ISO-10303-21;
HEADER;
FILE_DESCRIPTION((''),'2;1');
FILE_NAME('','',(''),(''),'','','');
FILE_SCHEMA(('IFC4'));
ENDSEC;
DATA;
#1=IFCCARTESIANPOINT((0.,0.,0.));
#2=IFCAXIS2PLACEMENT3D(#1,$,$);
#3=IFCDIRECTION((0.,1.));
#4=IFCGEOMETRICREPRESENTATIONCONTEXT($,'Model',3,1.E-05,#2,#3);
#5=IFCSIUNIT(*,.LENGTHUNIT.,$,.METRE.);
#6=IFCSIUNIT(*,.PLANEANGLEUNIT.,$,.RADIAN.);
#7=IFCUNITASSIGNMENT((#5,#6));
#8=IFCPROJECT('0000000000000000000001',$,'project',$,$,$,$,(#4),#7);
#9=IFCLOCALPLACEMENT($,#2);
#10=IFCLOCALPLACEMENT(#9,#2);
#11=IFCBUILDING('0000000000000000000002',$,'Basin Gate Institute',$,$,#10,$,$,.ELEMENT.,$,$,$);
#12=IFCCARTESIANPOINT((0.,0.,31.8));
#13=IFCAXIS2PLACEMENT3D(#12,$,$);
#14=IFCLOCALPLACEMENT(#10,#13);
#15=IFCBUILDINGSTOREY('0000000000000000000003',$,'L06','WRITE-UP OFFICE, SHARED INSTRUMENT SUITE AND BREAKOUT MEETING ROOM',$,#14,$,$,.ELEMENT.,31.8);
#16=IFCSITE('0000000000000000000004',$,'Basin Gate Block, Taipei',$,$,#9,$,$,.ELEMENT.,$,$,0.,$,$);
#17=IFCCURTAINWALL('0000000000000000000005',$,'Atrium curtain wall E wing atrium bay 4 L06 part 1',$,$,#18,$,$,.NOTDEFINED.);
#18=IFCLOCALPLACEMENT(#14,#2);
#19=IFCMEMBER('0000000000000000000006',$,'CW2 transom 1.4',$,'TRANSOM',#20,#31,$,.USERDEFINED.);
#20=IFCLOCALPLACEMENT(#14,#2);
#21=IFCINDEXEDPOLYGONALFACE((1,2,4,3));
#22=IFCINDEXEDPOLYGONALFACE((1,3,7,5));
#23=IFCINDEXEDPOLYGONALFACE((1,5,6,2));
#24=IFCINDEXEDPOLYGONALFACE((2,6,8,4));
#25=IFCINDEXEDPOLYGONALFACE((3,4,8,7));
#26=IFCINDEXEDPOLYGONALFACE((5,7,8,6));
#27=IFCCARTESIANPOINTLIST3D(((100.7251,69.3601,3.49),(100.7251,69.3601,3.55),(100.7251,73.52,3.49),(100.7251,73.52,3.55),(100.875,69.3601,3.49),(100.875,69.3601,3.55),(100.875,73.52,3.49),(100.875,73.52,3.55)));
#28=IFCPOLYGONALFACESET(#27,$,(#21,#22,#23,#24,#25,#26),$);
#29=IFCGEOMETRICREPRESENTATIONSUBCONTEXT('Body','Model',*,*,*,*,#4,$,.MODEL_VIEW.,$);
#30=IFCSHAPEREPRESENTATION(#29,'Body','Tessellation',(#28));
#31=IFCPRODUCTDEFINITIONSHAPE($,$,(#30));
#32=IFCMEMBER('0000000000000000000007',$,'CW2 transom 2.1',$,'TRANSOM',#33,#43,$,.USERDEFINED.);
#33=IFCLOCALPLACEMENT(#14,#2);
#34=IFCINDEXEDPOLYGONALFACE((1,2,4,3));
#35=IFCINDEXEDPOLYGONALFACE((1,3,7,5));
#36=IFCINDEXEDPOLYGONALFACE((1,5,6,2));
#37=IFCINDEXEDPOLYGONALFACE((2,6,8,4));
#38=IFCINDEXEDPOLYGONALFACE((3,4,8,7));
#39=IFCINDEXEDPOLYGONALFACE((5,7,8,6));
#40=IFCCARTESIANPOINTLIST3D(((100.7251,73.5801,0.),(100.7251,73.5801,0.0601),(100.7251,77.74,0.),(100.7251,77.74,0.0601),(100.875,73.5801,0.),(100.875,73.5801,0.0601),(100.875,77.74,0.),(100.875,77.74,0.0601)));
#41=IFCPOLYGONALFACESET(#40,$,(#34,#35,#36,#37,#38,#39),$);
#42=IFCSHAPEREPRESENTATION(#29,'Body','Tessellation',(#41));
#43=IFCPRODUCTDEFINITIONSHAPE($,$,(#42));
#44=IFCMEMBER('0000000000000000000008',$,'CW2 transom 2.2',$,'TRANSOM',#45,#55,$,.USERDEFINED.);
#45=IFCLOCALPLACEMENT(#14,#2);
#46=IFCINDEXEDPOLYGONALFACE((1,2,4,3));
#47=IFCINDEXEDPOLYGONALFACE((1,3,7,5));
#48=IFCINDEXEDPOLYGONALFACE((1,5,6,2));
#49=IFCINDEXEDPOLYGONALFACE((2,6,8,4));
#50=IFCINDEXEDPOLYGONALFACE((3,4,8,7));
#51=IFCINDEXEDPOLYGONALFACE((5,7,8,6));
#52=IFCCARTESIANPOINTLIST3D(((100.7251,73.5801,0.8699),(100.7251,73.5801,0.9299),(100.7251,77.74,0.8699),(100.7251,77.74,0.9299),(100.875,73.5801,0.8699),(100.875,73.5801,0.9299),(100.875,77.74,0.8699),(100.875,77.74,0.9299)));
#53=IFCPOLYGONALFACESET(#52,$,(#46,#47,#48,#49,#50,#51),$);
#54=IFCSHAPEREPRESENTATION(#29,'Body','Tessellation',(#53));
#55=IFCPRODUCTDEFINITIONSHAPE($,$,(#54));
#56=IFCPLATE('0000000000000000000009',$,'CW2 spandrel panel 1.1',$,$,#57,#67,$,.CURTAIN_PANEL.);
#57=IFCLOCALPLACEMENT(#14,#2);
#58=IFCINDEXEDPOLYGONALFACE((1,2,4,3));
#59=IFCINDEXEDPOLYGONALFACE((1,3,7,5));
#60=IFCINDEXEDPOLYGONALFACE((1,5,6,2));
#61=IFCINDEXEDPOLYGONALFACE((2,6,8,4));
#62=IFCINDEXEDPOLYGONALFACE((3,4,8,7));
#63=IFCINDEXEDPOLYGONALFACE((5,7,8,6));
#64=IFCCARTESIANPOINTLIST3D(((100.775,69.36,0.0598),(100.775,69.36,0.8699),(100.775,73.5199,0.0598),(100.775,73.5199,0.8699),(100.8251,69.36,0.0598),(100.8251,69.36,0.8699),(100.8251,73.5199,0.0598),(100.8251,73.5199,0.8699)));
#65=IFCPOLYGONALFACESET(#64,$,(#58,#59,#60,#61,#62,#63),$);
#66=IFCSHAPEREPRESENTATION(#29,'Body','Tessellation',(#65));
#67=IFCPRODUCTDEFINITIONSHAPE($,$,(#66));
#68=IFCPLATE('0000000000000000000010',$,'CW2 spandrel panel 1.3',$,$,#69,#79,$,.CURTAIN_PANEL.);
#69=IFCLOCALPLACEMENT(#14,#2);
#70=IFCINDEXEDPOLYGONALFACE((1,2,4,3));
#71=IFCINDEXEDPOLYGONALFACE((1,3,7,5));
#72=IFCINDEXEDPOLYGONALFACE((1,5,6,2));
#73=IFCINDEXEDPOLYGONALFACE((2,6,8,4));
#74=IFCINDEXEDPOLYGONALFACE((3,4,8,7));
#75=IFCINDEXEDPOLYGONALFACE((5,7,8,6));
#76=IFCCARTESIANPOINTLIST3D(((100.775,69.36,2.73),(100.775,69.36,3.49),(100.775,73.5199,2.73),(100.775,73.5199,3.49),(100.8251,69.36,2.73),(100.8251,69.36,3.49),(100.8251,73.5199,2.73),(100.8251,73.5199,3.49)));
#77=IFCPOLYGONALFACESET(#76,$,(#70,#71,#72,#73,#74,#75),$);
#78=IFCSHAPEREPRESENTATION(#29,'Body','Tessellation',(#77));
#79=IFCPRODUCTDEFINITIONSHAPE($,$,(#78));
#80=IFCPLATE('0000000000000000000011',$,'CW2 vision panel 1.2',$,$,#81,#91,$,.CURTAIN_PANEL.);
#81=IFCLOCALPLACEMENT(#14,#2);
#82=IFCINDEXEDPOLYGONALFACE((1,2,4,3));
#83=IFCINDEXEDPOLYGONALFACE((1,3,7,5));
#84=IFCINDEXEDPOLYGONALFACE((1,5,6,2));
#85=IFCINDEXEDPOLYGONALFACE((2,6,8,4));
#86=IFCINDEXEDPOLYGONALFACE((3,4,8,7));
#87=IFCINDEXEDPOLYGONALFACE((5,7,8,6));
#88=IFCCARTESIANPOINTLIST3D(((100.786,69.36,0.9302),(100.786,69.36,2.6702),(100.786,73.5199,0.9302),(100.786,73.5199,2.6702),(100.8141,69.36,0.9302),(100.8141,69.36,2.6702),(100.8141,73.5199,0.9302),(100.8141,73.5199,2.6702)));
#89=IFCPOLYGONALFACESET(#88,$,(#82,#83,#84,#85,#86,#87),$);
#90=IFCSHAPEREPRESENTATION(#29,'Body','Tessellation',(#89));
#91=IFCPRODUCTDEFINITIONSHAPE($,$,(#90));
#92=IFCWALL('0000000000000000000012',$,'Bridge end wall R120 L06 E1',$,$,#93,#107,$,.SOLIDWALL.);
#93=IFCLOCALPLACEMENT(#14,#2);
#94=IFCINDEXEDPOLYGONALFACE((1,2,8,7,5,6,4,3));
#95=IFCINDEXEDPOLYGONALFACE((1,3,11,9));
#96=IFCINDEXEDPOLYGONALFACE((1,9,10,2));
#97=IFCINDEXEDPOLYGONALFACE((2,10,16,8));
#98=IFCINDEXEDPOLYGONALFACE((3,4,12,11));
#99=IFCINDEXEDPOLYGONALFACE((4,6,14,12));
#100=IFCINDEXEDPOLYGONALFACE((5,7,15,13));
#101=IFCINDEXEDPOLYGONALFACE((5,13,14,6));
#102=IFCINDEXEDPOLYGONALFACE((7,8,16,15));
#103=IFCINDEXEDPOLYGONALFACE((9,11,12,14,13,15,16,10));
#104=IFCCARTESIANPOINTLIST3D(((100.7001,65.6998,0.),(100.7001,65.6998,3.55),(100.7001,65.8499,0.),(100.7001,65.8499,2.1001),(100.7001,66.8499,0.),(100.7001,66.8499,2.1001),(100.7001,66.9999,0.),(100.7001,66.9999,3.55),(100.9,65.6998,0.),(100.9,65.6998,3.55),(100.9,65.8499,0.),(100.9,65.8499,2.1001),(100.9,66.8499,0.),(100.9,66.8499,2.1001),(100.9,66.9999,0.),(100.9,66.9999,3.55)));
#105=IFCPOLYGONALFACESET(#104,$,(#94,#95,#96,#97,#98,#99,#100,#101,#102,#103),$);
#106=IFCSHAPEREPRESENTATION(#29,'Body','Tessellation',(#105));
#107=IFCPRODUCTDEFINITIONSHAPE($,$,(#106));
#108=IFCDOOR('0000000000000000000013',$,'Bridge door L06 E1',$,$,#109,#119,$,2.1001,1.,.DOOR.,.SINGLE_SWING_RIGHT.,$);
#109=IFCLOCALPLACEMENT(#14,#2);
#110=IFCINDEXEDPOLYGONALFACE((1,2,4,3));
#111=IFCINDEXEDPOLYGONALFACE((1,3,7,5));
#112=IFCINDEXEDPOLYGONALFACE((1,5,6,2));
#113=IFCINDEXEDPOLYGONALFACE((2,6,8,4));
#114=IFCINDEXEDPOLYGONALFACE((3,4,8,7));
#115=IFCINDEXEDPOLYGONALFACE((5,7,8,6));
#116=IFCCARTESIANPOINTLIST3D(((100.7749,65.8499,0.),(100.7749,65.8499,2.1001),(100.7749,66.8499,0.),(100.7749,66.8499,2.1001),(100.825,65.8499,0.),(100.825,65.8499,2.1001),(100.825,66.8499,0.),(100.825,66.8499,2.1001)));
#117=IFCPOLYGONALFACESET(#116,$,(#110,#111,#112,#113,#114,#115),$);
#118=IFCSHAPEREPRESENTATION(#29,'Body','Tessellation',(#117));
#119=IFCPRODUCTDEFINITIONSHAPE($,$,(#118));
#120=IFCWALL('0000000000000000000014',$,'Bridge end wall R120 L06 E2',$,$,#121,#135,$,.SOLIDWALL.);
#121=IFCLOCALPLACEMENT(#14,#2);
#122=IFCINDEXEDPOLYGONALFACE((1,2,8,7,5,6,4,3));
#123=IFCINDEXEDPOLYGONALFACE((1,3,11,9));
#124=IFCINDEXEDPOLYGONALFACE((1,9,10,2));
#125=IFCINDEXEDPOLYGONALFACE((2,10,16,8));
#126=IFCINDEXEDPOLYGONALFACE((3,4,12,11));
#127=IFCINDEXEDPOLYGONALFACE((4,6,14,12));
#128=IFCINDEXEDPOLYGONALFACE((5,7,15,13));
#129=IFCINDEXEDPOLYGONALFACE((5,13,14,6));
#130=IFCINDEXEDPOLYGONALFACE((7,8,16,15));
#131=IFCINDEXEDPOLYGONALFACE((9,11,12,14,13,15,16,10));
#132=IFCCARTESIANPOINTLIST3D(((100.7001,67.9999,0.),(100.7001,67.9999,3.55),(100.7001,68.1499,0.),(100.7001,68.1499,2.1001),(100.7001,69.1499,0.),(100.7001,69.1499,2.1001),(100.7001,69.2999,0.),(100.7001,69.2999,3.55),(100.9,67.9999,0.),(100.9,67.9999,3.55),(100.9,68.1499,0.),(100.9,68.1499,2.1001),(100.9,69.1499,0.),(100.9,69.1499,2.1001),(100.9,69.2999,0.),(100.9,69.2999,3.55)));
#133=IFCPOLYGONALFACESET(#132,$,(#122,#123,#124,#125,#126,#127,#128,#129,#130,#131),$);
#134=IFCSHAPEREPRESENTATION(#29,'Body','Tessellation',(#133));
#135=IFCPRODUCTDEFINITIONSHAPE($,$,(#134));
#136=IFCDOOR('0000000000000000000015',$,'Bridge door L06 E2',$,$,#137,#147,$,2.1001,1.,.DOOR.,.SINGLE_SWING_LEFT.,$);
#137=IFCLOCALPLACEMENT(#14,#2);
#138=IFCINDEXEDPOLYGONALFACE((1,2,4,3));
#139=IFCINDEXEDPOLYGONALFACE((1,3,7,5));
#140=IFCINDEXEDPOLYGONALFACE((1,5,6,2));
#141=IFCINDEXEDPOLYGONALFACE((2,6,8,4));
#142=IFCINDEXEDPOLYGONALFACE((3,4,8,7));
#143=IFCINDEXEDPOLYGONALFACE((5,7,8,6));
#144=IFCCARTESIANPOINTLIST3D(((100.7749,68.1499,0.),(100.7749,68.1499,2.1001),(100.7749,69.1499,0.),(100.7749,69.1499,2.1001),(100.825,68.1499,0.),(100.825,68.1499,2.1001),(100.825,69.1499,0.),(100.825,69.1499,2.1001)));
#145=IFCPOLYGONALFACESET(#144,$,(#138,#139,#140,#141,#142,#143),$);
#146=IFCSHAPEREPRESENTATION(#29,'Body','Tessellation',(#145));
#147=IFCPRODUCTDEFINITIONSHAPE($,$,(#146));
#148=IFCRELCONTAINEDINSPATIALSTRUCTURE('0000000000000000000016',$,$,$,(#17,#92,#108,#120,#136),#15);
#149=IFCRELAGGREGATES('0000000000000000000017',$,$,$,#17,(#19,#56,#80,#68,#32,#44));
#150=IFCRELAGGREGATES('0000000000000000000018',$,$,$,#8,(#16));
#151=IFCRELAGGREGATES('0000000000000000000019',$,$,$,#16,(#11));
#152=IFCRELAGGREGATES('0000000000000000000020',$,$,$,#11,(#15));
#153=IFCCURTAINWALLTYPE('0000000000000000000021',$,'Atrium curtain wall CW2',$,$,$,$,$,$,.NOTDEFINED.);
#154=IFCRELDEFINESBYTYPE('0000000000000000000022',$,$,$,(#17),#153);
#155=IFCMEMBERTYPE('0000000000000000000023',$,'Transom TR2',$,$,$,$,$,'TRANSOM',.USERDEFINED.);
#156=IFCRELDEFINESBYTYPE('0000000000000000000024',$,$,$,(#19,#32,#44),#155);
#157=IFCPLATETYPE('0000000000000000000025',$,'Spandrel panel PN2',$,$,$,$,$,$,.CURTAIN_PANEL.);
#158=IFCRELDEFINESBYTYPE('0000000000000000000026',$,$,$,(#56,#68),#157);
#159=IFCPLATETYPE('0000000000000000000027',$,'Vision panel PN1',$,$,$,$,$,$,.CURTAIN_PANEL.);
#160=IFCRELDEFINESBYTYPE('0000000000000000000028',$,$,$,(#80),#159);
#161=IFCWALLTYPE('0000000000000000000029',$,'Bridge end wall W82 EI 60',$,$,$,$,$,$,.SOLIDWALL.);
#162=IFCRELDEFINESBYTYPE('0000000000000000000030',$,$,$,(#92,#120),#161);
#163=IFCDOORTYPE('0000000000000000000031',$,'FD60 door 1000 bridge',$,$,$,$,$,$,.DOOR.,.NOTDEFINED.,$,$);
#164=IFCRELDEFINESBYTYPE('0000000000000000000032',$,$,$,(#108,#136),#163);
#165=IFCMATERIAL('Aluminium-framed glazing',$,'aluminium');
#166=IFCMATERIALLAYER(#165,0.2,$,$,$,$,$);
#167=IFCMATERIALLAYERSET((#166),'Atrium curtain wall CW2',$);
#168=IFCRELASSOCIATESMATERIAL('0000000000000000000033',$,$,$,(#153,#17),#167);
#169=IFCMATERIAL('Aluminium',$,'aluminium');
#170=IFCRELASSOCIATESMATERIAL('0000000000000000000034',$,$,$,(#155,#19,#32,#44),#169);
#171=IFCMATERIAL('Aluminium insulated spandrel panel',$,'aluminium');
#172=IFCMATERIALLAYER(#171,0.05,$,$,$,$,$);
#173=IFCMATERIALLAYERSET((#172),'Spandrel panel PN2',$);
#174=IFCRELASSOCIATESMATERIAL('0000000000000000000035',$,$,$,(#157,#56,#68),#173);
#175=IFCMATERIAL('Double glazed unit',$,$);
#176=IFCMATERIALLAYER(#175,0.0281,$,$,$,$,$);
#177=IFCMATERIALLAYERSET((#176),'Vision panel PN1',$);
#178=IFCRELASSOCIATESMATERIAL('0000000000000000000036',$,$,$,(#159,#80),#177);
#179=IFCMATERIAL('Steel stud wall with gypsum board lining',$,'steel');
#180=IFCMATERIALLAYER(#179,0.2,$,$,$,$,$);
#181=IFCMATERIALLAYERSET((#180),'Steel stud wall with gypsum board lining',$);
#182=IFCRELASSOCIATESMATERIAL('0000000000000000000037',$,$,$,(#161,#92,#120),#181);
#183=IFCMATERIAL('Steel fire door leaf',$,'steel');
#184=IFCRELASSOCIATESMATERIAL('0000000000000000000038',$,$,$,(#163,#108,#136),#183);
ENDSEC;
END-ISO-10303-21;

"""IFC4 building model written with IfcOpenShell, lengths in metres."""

from ifc_helpers import new_model, si_unit, direction, frame, frame_2d, origin, origin_2d, place, context, subcontext, project, spatial, rectangle, extrude, material, layer, layer_set, material_profile, profile_set, type_object, element, fill, aggregate, save


model = new_model("IFC4")

# Units and contexts
model_context = context("Model", 3, precision=1e-05, world=origin(), true_north=direction((0.0, 1.0)))
body_context = subcontext(model_context, "Body", "Model", "MODEL_VIEW")
ifc_project = project(units=[si_unit("LENGTHUNIT", "METRE"), si_unit("PLANEANGLEUNIT", "RADIAN")], contexts=[model_context])

# Site, building, storey
site_placement = place(None, origin())
site = spatial("IfcSite", under=ifc_project, at=site_placement, Name="Basin Gate Block, Taipei", CompositionType="ELEMENT", RefElevation=0.0)
building_placement = place(site_placement, origin())
building = spatial("IfcBuilding", under=site, at=building_placement, Name="Basin Gate Institute", CompositionType="ELEMENT")
storey_placement = place(building_placement, frame((0.0, 0.0, 31.8)))
storey = spatial("IfcBuildingStorey", under=building, at=storey_placement, Name="L06", Description="WRITE-UP OFFICE, SHARED INSTRUMENT SUITE AND BREAKOUT MEETING ROOM", CompositionType="ELEMENT", Elevation=31.8)

# Shared definitions
ifc_material_1 = material(Name="Aluminium-framed glazing", Category="aluminium")
ifc_layer_1 = layer(ifc_material_1, 0.2)
ifc_layer_set_1 = layer_set([ifc_layer_1], Name="Atrium curtain wall CW2")
curtain_wall_type_1 = type_object("IfcCurtainWallType", Name="Atrium curtain wall CW2", PredefinedType="NOTDEFINED", material=ifc_layer_set_1)

# Curtain wall, members, plates
curtain_wall_1_placement = place(storey_placement, origin())
curtain_wall_1 = element("IfcCurtainWall", 1, at=curtain_wall_1_placement, inside=storey, type_object=curtain_wall_type_1, material=ifc_layer_set_1, Name="Atrium curtain wall E wing atrium bay 4 L06 part 1", PredefinedType="NOTDEFINED")
ifc_material_2 = material(Name="Aluminium", Category="aluminium")
ifc_material_profile_1 = material_profile(ifc_material_2, rectangle(XDim=0.1499, YDim=0.0601, at=origin_2d()), Name="Transom TR2 150 x 60")
ifc_profile_set_1 = profile_set([ifc_material_profile_1], Name="Aluminium")
member_type_1 = type_object("IfcMemberType", Name="Transom TR2", ElementType="TRANSOM", PredefinedType="USERDEFINED", material=ifc_profile_set_1)
member_1_placement = place(storey_placement, frame((100.8, 69.3601, 3.52), z_axis=(0.0, 1.0, 0.0), x_axis=(-1.0, 0.0, 0.0)))
member_1 = element("IfcMember", 2, at=member_1_placement, type_object=member_type_1, material=ifc_profile_set_1, Name="CW2 transom 1.4", ObjectType="TRANSOM", PredefinedType="USERDEFINED", context=body_context, shape_type="SweptSolid", body=[
    extrude(rectangle(XDim=0.1499, YDim=0.0601, at=origin_2d()), origin(), (0.0, 0.0, 1.0), 4.1599),
])
member_2_placement = place(storey_placement, frame((100.8, 73.5801, 0.03), z_axis=(0.0, 1.0, 0.0), x_axis=(-1.0, 0.0, 0.0)))
member_2 = element("IfcMember", 3, at=member_2_placement, type_object=member_type_1, material=ifc_profile_set_1, Name="CW2 transom 2.1", ObjectType="TRANSOM", PredefinedType="USERDEFINED", context=body_context, shape_type="SweptSolid", body=[
    extrude(rectangle(XDim=0.1499, YDim=0.0601, at=origin_2d()), origin(), (0.0, 0.0, 1.0), 4.1599),
])
member_3_placement = place(storey_placement, frame((100.8, 73.5801, 0.8999), z_axis=(0.0, 1.0, 0.0), x_axis=(-1.0, 0.0, 0.0)))
member_3 = element("IfcMember", 4, at=member_3_placement, type_object=member_type_1, material=ifc_profile_set_1, Name="CW2 transom 2.2", ObjectType="TRANSOM", PredefinedType="USERDEFINED", context=body_context, shape_type="SweptSolid", body=[
    extrude(rectangle(XDim=0.1499, YDim=0.0601, at=origin_2d()), origin(), (0.0, 0.0, 1.0), 4.1599),
])
ifc_material_3 = material(Name="Aluminium insulated spandrel panel", Category="aluminium")
ifc_layer_2 = layer(ifc_material_3, 0.05)
ifc_layer_set_2 = layer_set([ifc_layer_2], Name="Spandrel panel PN2")
plate_type_1 = type_object("IfcPlateType", Name="Spandrel panel PN2", PredefinedType="CURTAIN_PANEL", material=ifc_layer_set_2)
plate_1_placement = place(storey_placement, frame((100.8, 71.4399, 0.0598), z_axis=(0.0, 0.0, 1.0), x_axis=(0.0, 1.0, 0.0)))
plate_1 = element("IfcPlate", 5, at=plate_1_placement, type_object=plate_type_1, material=ifc_layer_set_2, Name="CW2 spandrel panel 1.1", PredefinedType="CURTAIN_PANEL", context=body_context, shape_type="SweptSolid", body=[
    extrude(rectangle(XDim=4.1599, YDim=0.05, at=origin_2d()), origin(), (0.0, 0.0, 1.0), 0.8101),
])
plate_2_placement = place(storey_placement, frame((100.8, 71.4399, 2.73), z_axis=(0.0, 0.0, 1.0), x_axis=(0.0, 1.0, 0.0)))
plate_2 = element("IfcPlate", 6, at=plate_2_placement, type_object=plate_type_1, material=ifc_layer_set_2, Name="CW2 spandrel panel 1.3", PredefinedType="CURTAIN_PANEL", context=body_context, shape_type="SweptSolid", body=[
    extrude(rectangle(XDim=4.1599, YDim=0.05, at=origin_2d()), origin(), (0.0, 0.0, 1.0), 0.76),
])
ifc_material_4 = material(Name="Double glazed unit")
ifc_layer_3 = layer(ifc_material_4, 0.0281)
ifc_layer_set_3 = layer_set([ifc_layer_3], Name="Vision panel PN1")
plate_type_2 = type_object("IfcPlateType", Name="Vision panel PN1", PredefinedType="CURTAIN_PANEL", material=ifc_layer_set_3)
plate_3_placement = place(storey_placement, frame((100.8, 71.4399, 0.9302), z_axis=(0.0, 0.0, 1.0), x_axis=(0.0, 1.0, 0.0)))
plate_3 = element("IfcPlate", 7, at=plate_3_placement, type_object=plate_type_2, material=ifc_layer_set_3, Name="CW2 vision panel 1.2", PredefinedType="CURTAIN_PANEL", context=body_context, shape_type="SweptSolid", body=[
    extrude(rectangle(XDim=4.1599, YDim=0.0281, at=origin_2d()), origin(), (0.0, 0.0, 1.0), 1.74),
])
aggregate(curtain_wall_1, [member_1, plate_1, plate_3, plate_2, member_2, member_3])

# Walls, openings, doors
ifc_material_5 = material(Name="Steel stud wall with gypsum board lining", Category="steel")
ifc_layer_4 = layer(ifc_material_5, 0.2)
ifc_layer_set_4 = layer_set([ifc_layer_4], Name="Steel stud wall with gypsum board lining")
wall_type = type_object("IfcWallType", Name="Bridge end wall W82 EI 60", PredefinedType="SOLIDWALL", material=ifc_layer_set_4)
wall_1_placement = place(storey_placement, frame((100.8, 65.7, 0.0), z_axis=(0.0, 0.0, 1.0), x_axis=(0.0, 1.0, 0.0)))
wall_1 = element("IfcWall", 8, at=wall_1_placement, inside=storey, type_object=wall_type, material=ifc_layer_set_4, Name="Bridge end wall R120 L06 E1", PredefinedType="SOLIDWALL", context=body_context, shape_type="SweptSolid", body=[
    extrude(rectangle(XDim=1.3, YDim=0.2, at=frame_2d((0.6499, 0.0))), origin(), (0.0, 0.0, 1.0), 3.55),
])
opening_1_placement = place(wall_1_placement, frame((0.1499, 0.0, 0.0)))
opening_1 = element("IfcOpeningElement", 9, at=opening_1_placement, cuts=wall_1, PredefinedType="OPENING", context=body_context, shape_type="SweptSolid", body=[
    extrude(rectangle(XDim=1.0, YDim=2.1001, at=frame_2d((0.5, 1.05))), frame((0.0, 0.1099, 0.0), z_axis=(0.0, -1.0, 0.0), x_axis=(1.0, 0.0, 0.0)), (0.0, 0.0, 1.0), 0.22),
])
ifc_material_6 = material(Name="Steel fire door leaf", Category="steel")
door_type = type_object("IfcDoorType", Name="FD60 door 1000 bridge", OperationType="NOTDEFINED", PredefinedType="DOOR", material=ifc_material_6)
door_1_placement = place(opening_1_placement, frame((1.0, 0.0, 0.0), z_axis=(0.0, 0.0, 1.0), x_axis=(-1.0, 0.0, 0.0)))
door_1 = element("IfcDoor", 10, at=door_1_placement, inside=storey, type_object=door_type, material=ifc_material_6, Name="Bridge door L06 E1", OperationType="SINGLE_SWING_RIGHT", OverallHeight=2.1001, OverallWidth=1.0, PredefinedType="DOOR", context=body_context, shape_type="SweptSolid", body=[
    extrude(rectangle(XDim=1.0, YDim=2.1001, at=frame_2d((0.5, 1.05))), frame((0.0, 0.0249, 0.0), z_axis=(0.0, -1.0, 0.0), x_axis=(1.0, 0.0, 0.0)), (0.0, 0.0, 1.0), 0.05),
])
fill(opening_1, door_1)
wall_2_placement = place(storey_placement, frame((100.8, 68.0, 0.0), z_axis=(0.0, 0.0, 1.0), x_axis=(0.0, 1.0, 0.0)))
wall_2 = element("IfcWall", 11, at=wall_2_placement, inside=storey, type_object=wall_type, material=ifc_layer_set_4, Name="Bridge end wall R120 L06 E2", PredefinedType="SOLIDWALL", context=body_context, shape_type="SweptSolid", body=[
    extrude(rectangle(XDim=1.3, YDim=0.2, at=frame_2d((0.6499, 0.0))), origin(), (0.0, 0.0, 1.0), 3.55),
])
opening_2_placement = place(wall_2_placement, frame((0.1499, 0.0, 0.0)))
opening_2 = element("IfcOpeningElement", 12, at=opening_2_placement, cuts=wall_2, PredefinedType="OPENING", context=body_context, shape_type="SweptSolid", body=[
    extrude(rectangle(XDim=1.0, YDim=2.1001, at=frame_2d((0.5, 1.05))), frame((0.0, 0.1099, 0.0), z_axis=(0.0, -1.0, 0.0), x_axis=(1.0, 0.0, 0.0)), (0.0, 0.0, 1.0), 0.22),
])
door_2_placement = place(opening_2_placement, frame((1.0, 0.0, 0.0), z_axis=(0.0, 0.0, 1.0), x_axis=(-1.0, 0.0, 0.0)))
door_2 = element("IfcDoor", 13, at=door_2_placement, inside=storey, type_object=door_type, material=ifc_material_6, Name="Bridge door L06 E2", OperationType="SINGLE_SWING_LEFT", OverallHeight=2.1001, OverallWidth=1.0, PredefinedType="DOOR", context=body_context, shape_type="SweptSolid", body=[
    extrude(rectangle(XDim=1.0, YDim=2.1001, at=frame_2d((0.5, 1.05))), frame((0.0, 0.0249, 0.0), z_axis=(0.0, -1.0, 0.0), x_axis=(1.0, 0.0, 0.0)), (0.0, 0.0, 1.0), 0.05),
])
fill(opening_2, door_2)

save(model, "model.ifc")
